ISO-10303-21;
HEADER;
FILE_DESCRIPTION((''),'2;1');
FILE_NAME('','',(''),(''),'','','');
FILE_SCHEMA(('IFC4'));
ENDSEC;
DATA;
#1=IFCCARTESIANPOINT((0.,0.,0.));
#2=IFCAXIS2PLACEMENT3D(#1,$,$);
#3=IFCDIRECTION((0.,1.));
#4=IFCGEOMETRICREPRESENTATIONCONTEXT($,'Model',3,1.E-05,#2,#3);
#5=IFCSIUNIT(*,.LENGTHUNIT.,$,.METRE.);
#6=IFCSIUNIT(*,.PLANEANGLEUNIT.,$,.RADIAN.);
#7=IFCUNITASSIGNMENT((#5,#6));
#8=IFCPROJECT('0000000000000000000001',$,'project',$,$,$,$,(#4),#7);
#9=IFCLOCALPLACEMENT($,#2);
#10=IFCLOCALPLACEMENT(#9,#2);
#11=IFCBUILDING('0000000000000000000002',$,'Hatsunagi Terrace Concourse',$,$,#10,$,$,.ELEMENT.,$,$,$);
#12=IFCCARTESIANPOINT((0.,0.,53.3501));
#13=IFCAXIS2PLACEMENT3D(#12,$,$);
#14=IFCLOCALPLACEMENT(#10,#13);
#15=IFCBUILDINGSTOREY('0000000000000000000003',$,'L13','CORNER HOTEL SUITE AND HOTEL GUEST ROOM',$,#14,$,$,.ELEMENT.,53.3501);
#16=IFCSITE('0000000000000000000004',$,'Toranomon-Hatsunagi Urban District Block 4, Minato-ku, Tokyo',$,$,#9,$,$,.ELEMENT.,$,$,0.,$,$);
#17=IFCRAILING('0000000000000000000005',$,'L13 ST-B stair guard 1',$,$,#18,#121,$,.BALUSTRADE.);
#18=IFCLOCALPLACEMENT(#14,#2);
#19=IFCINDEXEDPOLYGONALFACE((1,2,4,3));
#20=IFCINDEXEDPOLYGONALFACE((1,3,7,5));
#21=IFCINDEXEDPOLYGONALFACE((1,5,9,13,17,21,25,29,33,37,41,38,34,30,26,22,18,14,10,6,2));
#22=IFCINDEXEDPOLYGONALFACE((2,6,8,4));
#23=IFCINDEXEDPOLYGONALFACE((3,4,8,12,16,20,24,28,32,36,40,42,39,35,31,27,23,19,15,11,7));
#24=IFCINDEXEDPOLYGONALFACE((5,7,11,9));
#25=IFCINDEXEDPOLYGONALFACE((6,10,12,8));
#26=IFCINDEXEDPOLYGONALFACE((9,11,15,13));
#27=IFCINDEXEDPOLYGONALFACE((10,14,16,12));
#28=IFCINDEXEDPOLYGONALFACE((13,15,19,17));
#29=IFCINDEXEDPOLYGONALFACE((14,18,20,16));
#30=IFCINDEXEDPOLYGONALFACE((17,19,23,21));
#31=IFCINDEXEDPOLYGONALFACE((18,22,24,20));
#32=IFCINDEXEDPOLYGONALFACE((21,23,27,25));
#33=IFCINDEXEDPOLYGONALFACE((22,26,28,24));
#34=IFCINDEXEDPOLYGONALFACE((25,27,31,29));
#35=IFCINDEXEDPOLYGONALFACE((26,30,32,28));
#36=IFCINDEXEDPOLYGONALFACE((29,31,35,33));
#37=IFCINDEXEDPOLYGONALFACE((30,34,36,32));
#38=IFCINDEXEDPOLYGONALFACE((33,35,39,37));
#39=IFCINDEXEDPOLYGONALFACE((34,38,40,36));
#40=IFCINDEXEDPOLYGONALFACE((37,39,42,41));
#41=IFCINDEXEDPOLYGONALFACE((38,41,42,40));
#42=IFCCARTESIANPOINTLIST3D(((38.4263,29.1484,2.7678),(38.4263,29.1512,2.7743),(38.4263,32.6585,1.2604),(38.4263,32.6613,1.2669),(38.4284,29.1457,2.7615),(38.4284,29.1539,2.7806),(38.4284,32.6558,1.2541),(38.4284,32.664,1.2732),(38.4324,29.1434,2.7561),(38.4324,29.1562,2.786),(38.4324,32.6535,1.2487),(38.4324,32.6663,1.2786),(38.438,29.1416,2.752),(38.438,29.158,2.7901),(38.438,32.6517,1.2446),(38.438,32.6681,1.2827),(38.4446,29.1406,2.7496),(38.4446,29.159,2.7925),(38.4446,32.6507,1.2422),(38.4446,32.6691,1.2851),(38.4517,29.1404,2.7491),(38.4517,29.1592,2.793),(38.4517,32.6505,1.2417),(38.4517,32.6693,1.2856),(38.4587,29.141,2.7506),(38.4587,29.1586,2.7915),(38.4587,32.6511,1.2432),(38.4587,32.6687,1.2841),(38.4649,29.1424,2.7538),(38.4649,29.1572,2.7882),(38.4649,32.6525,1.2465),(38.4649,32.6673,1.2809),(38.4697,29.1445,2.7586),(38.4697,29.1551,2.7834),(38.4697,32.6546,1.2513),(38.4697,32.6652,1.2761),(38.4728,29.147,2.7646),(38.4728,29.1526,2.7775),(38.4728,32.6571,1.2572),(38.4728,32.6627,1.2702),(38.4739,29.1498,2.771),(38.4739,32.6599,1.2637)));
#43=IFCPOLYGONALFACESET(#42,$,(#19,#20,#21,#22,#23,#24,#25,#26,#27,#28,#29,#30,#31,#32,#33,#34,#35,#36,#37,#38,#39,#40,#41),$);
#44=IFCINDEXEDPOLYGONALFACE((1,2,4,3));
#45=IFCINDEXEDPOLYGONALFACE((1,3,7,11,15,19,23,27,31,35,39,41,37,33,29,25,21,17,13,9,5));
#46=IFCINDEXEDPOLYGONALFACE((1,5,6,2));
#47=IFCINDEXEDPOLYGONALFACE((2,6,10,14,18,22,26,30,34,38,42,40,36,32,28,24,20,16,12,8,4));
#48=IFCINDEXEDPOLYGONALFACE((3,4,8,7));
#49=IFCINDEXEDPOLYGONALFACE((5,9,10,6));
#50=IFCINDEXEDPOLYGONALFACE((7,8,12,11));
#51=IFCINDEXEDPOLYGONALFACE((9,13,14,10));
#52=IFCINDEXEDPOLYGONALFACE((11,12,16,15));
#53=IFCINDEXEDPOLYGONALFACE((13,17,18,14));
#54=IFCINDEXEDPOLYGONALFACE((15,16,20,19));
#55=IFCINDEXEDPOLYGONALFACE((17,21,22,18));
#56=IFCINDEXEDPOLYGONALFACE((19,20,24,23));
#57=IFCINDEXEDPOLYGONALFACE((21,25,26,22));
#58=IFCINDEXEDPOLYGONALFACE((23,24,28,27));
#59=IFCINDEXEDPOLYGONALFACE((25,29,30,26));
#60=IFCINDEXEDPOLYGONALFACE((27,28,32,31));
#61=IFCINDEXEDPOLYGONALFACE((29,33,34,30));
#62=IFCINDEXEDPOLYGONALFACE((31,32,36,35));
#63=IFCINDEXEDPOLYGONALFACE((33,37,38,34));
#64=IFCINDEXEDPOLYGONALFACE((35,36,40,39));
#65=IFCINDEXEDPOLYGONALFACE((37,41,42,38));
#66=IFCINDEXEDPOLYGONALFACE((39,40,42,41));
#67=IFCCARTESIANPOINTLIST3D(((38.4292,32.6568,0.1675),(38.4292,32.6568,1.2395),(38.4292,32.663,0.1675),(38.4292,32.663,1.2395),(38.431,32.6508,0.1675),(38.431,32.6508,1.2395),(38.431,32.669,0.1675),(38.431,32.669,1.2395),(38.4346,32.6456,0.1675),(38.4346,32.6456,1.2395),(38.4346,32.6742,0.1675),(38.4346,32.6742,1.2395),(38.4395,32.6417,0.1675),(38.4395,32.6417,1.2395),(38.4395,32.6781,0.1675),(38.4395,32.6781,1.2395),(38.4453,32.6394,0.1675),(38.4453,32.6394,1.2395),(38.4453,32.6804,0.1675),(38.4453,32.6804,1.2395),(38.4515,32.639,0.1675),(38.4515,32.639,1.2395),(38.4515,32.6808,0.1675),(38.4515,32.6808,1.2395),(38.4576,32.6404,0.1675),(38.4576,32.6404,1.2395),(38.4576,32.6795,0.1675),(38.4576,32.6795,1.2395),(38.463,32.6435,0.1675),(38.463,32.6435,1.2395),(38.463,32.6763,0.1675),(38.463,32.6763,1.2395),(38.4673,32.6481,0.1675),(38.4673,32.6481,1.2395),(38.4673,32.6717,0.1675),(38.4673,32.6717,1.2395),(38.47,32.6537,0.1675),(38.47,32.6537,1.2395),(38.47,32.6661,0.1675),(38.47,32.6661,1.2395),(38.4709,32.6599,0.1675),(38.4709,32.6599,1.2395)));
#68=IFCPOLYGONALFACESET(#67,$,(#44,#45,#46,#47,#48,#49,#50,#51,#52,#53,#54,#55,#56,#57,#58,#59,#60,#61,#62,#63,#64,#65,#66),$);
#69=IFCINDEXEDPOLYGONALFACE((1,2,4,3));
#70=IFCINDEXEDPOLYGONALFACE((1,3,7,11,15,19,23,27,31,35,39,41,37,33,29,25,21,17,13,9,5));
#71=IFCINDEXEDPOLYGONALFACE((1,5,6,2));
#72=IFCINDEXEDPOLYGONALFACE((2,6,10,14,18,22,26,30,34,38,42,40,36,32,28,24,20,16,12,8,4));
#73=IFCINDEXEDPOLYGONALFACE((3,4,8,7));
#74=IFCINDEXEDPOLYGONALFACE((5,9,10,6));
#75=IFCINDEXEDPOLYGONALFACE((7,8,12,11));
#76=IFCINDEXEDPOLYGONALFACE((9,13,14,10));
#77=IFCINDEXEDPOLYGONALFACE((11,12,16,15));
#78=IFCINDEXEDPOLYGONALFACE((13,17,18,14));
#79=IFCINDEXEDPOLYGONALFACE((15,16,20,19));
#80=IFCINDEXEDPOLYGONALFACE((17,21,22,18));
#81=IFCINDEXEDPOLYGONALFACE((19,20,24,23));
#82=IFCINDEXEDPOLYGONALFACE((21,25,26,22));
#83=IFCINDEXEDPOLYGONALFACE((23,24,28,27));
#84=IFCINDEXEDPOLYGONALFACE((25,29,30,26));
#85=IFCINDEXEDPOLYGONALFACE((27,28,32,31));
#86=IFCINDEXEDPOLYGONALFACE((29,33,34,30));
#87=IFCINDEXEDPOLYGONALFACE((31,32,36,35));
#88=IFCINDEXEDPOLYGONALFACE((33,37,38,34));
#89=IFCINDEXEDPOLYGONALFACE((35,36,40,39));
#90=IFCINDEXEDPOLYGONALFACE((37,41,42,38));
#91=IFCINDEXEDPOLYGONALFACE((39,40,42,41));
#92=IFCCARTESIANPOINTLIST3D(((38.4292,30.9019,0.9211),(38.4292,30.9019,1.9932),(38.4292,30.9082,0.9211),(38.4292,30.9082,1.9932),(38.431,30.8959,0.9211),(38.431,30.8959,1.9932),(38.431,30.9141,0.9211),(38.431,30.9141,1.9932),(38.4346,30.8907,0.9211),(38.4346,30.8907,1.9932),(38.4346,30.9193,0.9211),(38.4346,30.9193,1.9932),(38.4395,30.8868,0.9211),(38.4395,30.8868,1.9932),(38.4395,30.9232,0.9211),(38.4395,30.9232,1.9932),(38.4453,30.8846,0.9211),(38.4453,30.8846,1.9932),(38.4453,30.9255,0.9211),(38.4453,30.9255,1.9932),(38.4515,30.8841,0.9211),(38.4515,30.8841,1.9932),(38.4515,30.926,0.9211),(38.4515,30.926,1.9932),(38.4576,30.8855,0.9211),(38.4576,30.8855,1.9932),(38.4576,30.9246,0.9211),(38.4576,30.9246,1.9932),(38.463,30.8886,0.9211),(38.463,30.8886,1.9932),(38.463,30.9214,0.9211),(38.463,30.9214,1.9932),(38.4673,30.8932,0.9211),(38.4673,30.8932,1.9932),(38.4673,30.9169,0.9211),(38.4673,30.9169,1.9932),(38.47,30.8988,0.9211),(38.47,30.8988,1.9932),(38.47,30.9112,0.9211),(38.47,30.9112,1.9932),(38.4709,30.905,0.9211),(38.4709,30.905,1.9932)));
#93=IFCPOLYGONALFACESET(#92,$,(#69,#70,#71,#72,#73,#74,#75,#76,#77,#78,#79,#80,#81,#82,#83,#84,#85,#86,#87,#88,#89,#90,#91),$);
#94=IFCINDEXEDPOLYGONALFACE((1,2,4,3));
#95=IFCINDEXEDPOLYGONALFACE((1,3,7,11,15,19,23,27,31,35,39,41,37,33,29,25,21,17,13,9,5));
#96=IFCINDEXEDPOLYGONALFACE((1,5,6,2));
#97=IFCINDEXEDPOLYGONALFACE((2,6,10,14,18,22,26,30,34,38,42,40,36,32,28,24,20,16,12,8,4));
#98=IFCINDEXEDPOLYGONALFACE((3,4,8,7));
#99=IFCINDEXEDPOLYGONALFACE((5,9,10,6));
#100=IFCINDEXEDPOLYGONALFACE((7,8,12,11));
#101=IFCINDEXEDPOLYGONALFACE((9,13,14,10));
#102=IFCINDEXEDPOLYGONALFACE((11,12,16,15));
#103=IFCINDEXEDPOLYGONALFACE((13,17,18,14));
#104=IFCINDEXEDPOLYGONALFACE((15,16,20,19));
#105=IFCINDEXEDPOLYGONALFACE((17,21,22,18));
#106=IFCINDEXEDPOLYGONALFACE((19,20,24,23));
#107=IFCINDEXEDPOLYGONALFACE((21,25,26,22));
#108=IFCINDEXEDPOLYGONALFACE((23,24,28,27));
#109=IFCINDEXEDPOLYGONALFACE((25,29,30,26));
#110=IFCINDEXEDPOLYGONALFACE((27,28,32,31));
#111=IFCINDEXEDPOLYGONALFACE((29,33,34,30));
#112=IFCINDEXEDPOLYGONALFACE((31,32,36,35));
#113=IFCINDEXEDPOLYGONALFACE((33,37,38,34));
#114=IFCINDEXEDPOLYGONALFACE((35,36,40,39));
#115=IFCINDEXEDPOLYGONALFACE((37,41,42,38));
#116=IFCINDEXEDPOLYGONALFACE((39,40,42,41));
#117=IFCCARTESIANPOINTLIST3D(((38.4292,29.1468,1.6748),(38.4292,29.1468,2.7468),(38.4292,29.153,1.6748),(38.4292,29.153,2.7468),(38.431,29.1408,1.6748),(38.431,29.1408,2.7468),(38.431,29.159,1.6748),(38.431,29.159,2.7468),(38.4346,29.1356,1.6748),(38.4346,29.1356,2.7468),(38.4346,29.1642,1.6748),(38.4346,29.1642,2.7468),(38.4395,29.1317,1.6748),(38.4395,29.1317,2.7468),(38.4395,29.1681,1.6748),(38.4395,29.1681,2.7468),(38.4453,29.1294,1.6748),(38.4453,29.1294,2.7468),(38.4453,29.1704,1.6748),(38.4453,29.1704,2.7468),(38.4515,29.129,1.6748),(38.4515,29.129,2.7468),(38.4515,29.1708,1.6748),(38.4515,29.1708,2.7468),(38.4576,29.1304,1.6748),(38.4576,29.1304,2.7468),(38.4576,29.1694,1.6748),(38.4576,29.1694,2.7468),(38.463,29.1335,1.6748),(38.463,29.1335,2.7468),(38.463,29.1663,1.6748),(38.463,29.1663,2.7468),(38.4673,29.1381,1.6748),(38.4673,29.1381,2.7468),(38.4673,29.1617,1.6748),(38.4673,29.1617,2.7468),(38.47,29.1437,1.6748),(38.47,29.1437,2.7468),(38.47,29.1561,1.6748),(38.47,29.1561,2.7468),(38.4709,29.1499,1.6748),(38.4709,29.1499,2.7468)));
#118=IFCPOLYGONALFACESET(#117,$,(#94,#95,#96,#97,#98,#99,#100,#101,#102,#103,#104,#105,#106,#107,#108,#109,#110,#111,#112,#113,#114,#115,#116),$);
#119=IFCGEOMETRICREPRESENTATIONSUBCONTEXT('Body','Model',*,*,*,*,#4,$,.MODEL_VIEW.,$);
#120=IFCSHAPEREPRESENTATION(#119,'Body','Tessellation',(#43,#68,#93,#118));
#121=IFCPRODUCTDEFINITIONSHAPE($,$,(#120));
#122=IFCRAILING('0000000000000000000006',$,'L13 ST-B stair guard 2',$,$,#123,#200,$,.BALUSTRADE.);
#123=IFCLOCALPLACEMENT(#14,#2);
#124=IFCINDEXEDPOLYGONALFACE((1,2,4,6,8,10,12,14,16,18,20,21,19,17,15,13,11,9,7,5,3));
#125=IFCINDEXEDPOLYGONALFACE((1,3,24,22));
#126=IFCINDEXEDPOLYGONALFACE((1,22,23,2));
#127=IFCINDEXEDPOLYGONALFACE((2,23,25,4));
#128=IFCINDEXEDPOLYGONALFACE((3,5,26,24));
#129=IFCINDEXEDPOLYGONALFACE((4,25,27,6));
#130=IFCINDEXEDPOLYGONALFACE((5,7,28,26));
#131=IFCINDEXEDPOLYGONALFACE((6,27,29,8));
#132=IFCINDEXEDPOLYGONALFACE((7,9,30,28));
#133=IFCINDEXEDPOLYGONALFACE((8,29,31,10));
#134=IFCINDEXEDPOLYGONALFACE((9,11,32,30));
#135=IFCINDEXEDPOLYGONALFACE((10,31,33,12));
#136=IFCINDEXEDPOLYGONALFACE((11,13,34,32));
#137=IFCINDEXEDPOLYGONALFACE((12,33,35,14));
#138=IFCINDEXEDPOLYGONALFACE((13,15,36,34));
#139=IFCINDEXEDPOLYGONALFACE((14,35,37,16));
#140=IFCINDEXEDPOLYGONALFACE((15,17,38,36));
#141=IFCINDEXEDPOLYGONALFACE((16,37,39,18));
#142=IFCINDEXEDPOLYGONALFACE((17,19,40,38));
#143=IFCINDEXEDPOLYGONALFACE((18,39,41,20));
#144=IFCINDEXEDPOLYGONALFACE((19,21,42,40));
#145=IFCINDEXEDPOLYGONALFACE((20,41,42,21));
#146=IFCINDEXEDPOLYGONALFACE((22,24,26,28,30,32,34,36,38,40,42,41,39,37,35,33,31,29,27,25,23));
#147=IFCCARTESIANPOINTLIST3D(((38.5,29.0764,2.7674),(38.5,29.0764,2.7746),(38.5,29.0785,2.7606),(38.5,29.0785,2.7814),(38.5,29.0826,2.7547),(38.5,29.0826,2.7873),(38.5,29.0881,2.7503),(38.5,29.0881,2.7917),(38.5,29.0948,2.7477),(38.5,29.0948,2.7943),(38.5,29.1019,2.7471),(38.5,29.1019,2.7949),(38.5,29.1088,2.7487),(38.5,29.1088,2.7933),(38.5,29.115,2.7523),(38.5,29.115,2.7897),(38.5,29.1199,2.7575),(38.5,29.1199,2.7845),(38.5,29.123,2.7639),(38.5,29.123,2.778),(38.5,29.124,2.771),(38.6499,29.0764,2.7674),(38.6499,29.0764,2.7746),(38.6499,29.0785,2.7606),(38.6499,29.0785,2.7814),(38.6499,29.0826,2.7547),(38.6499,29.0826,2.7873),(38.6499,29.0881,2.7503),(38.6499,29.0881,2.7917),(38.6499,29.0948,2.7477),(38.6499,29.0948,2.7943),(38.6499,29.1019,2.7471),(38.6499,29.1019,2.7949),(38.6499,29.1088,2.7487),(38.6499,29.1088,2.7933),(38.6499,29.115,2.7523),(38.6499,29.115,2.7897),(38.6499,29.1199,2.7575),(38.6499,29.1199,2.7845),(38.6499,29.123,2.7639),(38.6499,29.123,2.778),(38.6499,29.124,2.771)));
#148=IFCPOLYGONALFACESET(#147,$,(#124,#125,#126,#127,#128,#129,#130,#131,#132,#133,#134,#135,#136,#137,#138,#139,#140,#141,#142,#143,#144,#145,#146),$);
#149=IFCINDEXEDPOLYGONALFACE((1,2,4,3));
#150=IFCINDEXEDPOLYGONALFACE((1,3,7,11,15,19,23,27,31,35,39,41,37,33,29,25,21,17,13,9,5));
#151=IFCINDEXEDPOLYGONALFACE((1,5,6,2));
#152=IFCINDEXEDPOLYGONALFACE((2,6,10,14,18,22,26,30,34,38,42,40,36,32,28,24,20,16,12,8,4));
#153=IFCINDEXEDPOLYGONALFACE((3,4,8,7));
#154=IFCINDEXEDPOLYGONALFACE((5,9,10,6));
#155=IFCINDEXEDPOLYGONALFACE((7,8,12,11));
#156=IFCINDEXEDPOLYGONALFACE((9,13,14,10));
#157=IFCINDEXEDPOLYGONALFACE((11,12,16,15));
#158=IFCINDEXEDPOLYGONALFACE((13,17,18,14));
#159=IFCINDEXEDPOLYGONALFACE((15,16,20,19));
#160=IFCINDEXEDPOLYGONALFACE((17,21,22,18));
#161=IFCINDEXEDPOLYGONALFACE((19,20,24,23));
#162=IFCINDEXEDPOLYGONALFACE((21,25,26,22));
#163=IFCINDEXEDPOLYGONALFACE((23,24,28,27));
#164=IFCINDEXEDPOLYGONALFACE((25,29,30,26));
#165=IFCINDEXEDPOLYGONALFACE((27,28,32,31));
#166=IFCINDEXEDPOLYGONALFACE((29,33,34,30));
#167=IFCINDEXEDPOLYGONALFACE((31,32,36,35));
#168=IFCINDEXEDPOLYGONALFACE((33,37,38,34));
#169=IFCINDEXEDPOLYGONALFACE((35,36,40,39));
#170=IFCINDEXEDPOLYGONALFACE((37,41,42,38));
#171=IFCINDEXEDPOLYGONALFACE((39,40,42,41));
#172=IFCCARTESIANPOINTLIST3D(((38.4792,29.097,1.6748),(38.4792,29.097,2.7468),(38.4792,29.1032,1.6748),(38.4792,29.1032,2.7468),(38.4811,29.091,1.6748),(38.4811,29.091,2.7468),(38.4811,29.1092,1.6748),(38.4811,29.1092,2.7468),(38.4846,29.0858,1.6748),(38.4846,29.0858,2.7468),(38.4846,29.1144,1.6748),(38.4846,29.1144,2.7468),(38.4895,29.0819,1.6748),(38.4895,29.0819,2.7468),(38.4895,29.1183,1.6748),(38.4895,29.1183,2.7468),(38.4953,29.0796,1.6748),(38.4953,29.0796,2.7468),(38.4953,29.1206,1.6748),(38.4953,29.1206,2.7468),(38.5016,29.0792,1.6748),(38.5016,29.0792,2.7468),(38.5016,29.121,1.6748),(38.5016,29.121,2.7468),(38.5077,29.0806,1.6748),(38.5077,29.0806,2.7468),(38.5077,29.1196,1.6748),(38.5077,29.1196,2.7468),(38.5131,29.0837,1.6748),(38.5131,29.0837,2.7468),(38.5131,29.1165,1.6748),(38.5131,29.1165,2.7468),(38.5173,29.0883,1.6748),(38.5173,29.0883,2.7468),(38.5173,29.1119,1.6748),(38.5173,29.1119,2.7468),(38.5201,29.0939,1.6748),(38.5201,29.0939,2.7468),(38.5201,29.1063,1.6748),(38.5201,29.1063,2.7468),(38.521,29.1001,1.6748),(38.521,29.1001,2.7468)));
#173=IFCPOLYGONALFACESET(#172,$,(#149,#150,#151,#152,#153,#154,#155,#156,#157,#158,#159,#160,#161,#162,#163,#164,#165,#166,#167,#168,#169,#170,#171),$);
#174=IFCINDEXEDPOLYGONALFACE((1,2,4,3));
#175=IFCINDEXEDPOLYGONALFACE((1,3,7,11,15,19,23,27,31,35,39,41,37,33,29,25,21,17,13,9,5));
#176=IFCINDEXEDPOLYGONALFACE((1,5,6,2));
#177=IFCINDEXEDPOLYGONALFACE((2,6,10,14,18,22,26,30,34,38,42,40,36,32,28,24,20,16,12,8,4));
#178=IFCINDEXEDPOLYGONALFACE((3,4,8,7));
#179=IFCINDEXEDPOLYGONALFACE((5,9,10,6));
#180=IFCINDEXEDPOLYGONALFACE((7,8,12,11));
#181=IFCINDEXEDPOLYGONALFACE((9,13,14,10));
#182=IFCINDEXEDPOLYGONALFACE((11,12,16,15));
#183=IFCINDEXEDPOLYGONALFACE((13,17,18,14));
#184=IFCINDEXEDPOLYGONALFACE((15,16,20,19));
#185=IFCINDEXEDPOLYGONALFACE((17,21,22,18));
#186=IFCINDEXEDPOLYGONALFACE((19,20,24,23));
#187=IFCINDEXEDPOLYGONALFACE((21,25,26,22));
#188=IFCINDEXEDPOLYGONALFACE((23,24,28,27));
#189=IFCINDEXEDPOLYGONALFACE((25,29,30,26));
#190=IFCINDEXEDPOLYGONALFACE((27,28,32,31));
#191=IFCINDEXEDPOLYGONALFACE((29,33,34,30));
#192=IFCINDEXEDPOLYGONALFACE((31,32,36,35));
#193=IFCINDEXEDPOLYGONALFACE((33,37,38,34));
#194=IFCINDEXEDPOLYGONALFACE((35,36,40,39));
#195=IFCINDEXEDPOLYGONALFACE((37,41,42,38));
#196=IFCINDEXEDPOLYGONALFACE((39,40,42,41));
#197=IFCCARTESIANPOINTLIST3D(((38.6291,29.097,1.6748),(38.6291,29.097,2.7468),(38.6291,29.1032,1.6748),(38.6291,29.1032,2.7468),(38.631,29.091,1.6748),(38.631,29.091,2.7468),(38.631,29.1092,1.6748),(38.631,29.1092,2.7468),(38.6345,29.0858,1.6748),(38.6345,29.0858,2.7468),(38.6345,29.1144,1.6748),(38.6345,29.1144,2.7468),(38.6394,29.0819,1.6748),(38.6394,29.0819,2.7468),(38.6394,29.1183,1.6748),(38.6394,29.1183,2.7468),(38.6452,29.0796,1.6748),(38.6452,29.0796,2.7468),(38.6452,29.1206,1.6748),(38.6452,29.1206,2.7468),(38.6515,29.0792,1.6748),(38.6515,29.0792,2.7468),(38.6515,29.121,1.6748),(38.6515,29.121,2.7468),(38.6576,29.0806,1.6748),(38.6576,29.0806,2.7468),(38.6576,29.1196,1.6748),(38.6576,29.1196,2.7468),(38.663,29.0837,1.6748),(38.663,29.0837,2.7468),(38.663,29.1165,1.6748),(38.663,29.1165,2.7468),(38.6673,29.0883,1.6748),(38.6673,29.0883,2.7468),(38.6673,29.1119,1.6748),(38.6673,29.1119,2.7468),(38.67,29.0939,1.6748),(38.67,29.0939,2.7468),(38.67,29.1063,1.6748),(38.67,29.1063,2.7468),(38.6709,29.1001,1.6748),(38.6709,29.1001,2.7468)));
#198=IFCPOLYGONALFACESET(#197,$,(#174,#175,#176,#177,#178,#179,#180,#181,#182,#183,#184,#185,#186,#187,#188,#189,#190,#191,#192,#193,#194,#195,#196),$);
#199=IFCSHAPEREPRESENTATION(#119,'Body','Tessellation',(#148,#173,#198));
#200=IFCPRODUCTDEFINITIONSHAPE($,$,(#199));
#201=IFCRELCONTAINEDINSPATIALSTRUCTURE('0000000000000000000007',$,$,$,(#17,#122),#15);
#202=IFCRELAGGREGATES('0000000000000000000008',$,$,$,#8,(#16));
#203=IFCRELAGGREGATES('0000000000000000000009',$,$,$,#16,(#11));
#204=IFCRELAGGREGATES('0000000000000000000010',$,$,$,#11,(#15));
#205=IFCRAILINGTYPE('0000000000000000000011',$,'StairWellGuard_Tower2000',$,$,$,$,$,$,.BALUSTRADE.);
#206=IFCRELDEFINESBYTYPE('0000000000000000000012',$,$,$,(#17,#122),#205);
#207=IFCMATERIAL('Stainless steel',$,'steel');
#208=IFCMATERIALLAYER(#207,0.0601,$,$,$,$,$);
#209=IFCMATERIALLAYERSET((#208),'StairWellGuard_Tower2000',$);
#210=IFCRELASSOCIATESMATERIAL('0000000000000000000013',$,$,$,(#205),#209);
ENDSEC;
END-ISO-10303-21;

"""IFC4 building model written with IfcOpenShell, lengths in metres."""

from ifc_helpers import new_model, si_unit, direction, frame, origin, origin_2d, place, context, subcontext, project, spatial, circle, extrude, material, layer, layer_set, type_object, element, save


model = new_model("IFC4")

# Units and contexts
model_context = context("Model", 3, precision=1e-05, world=origin(), true_north=direction((0.0, 1.0)))
body_context = subcontext(model_context, "Body", "Model", "MODEL_VIEW")
ifc_project = project(units=[si_unit("LENGTHUNIT", "METRE"), si_unit("PLANEANGLEUNIT", "RADIAN")], contexts=[model_context])

# Site, building, storey
site_placement = place(None, origin())
site = spatial("IfcSite", under=ifc_project, at=site_placement, Name="Toranomon-Hatsunagi Urban District Block 4, Minato-ku, Tokyo", CompositionType="ELEMENT", RefElevation=0.0)
building_placement = place(site_placement, origin())
building = spatial("IfcBuilding", under=site, at=building_placement, Name="Hatsunagi Terrace Concourse", CompositionType="ELEMENT")
storey_placement = place(building_placement, frame((0.0, 0.0, 53.3501)))
storey = spatial("IfcBuildingStorey", under=building, at=storey_placement, Name="L13", Description="CORNER HOTEL SUITE AND HOTEL GUEST ROOM", CompositionType="ELEMENT", Elevation=53.3501)

# Railings
ifc_material_1 = material(Name="Stainless steel", Category="steel")
ifc_layer_1 = layer(ifc_material_1, 0.0601)
ifc_layer_set_1 = layer_set([ifc_layer_1], Name="StairWellGuard_Tower2000")
railing_type_1 = type_object("IfcRailingType", Name="StairWellGuard_Tower2000", PredefinedType="BALUSTRADE", material=ifc_layer_set_1)
railing_1_placement = place(storey_placement, frame((38.45, 32.6599, 0.1675)))
element("IfcRailing", 1, at=railing_1_placement, inside=storey, type_object=railing_type_1, Name="L13 ST-B stair guard 1", PredefinedType="BALUSTRADE", context=body_context, shape_type="SweptSolid", body=[
    extrude(circle(Radius=0.0239, at=origin_2d()), frame((0.0, 0.0, 1.0962), z_axis=(0.0, -0.918857, 0.39459), x_axis=(1.0, 0.0, 0.0)), (0.0, 0.0, 1.0), 3.8201),
    extrude(circle(Radius=0.021, at=origin_2d()), origin(), (0.0, 0.0, 1.0), 1.072),
    extrude(circle(Radius=0.021, at=origin_2d()), frame((0.0, -1.7549, 0.7537)), (0.0, 0.0, 1.0), 1.072),
    extrude(circle(Radius=0.021, at=origin_2d()), frame((0.0, -3.51, 1.5073)), (0.0, 0.0, 1.0), 1.072),
])
for number, where, name in (
    (2, (38.5, 29.1001, 1.6748), "L13 ST-B stair guard 2"),
):
    element("IfcRailing", number, at=place(storey_placement, frame(where)), inside=storey, type_object=railing_type_1, Name=name, PredefinedType="BALUSTRADE", context=body_context, shape_type="SweptSolid", body=[
        extrude(circle(Radius=0.0239, at=origin_2d()), frame((0.0, 0.0, 1.0962), z_axis=(1.0, 0.0, 0.0), x_axis=(0.0, 1.0, 0.0)), (0.0, 0.0, 1.0), 0.1499),
        extrude(circle(Radius=0.021, at=origin_2d()), origin(), (0.0, 0.0, 1.0), 1.072),
        extrude(circle(Radius=0.021, at=origin_2d()), frame((0.1499, 0.0, 0.0)), (0.0, 0.0, 1.0), 1.072),
    ])

save(model, "model.ifc")
